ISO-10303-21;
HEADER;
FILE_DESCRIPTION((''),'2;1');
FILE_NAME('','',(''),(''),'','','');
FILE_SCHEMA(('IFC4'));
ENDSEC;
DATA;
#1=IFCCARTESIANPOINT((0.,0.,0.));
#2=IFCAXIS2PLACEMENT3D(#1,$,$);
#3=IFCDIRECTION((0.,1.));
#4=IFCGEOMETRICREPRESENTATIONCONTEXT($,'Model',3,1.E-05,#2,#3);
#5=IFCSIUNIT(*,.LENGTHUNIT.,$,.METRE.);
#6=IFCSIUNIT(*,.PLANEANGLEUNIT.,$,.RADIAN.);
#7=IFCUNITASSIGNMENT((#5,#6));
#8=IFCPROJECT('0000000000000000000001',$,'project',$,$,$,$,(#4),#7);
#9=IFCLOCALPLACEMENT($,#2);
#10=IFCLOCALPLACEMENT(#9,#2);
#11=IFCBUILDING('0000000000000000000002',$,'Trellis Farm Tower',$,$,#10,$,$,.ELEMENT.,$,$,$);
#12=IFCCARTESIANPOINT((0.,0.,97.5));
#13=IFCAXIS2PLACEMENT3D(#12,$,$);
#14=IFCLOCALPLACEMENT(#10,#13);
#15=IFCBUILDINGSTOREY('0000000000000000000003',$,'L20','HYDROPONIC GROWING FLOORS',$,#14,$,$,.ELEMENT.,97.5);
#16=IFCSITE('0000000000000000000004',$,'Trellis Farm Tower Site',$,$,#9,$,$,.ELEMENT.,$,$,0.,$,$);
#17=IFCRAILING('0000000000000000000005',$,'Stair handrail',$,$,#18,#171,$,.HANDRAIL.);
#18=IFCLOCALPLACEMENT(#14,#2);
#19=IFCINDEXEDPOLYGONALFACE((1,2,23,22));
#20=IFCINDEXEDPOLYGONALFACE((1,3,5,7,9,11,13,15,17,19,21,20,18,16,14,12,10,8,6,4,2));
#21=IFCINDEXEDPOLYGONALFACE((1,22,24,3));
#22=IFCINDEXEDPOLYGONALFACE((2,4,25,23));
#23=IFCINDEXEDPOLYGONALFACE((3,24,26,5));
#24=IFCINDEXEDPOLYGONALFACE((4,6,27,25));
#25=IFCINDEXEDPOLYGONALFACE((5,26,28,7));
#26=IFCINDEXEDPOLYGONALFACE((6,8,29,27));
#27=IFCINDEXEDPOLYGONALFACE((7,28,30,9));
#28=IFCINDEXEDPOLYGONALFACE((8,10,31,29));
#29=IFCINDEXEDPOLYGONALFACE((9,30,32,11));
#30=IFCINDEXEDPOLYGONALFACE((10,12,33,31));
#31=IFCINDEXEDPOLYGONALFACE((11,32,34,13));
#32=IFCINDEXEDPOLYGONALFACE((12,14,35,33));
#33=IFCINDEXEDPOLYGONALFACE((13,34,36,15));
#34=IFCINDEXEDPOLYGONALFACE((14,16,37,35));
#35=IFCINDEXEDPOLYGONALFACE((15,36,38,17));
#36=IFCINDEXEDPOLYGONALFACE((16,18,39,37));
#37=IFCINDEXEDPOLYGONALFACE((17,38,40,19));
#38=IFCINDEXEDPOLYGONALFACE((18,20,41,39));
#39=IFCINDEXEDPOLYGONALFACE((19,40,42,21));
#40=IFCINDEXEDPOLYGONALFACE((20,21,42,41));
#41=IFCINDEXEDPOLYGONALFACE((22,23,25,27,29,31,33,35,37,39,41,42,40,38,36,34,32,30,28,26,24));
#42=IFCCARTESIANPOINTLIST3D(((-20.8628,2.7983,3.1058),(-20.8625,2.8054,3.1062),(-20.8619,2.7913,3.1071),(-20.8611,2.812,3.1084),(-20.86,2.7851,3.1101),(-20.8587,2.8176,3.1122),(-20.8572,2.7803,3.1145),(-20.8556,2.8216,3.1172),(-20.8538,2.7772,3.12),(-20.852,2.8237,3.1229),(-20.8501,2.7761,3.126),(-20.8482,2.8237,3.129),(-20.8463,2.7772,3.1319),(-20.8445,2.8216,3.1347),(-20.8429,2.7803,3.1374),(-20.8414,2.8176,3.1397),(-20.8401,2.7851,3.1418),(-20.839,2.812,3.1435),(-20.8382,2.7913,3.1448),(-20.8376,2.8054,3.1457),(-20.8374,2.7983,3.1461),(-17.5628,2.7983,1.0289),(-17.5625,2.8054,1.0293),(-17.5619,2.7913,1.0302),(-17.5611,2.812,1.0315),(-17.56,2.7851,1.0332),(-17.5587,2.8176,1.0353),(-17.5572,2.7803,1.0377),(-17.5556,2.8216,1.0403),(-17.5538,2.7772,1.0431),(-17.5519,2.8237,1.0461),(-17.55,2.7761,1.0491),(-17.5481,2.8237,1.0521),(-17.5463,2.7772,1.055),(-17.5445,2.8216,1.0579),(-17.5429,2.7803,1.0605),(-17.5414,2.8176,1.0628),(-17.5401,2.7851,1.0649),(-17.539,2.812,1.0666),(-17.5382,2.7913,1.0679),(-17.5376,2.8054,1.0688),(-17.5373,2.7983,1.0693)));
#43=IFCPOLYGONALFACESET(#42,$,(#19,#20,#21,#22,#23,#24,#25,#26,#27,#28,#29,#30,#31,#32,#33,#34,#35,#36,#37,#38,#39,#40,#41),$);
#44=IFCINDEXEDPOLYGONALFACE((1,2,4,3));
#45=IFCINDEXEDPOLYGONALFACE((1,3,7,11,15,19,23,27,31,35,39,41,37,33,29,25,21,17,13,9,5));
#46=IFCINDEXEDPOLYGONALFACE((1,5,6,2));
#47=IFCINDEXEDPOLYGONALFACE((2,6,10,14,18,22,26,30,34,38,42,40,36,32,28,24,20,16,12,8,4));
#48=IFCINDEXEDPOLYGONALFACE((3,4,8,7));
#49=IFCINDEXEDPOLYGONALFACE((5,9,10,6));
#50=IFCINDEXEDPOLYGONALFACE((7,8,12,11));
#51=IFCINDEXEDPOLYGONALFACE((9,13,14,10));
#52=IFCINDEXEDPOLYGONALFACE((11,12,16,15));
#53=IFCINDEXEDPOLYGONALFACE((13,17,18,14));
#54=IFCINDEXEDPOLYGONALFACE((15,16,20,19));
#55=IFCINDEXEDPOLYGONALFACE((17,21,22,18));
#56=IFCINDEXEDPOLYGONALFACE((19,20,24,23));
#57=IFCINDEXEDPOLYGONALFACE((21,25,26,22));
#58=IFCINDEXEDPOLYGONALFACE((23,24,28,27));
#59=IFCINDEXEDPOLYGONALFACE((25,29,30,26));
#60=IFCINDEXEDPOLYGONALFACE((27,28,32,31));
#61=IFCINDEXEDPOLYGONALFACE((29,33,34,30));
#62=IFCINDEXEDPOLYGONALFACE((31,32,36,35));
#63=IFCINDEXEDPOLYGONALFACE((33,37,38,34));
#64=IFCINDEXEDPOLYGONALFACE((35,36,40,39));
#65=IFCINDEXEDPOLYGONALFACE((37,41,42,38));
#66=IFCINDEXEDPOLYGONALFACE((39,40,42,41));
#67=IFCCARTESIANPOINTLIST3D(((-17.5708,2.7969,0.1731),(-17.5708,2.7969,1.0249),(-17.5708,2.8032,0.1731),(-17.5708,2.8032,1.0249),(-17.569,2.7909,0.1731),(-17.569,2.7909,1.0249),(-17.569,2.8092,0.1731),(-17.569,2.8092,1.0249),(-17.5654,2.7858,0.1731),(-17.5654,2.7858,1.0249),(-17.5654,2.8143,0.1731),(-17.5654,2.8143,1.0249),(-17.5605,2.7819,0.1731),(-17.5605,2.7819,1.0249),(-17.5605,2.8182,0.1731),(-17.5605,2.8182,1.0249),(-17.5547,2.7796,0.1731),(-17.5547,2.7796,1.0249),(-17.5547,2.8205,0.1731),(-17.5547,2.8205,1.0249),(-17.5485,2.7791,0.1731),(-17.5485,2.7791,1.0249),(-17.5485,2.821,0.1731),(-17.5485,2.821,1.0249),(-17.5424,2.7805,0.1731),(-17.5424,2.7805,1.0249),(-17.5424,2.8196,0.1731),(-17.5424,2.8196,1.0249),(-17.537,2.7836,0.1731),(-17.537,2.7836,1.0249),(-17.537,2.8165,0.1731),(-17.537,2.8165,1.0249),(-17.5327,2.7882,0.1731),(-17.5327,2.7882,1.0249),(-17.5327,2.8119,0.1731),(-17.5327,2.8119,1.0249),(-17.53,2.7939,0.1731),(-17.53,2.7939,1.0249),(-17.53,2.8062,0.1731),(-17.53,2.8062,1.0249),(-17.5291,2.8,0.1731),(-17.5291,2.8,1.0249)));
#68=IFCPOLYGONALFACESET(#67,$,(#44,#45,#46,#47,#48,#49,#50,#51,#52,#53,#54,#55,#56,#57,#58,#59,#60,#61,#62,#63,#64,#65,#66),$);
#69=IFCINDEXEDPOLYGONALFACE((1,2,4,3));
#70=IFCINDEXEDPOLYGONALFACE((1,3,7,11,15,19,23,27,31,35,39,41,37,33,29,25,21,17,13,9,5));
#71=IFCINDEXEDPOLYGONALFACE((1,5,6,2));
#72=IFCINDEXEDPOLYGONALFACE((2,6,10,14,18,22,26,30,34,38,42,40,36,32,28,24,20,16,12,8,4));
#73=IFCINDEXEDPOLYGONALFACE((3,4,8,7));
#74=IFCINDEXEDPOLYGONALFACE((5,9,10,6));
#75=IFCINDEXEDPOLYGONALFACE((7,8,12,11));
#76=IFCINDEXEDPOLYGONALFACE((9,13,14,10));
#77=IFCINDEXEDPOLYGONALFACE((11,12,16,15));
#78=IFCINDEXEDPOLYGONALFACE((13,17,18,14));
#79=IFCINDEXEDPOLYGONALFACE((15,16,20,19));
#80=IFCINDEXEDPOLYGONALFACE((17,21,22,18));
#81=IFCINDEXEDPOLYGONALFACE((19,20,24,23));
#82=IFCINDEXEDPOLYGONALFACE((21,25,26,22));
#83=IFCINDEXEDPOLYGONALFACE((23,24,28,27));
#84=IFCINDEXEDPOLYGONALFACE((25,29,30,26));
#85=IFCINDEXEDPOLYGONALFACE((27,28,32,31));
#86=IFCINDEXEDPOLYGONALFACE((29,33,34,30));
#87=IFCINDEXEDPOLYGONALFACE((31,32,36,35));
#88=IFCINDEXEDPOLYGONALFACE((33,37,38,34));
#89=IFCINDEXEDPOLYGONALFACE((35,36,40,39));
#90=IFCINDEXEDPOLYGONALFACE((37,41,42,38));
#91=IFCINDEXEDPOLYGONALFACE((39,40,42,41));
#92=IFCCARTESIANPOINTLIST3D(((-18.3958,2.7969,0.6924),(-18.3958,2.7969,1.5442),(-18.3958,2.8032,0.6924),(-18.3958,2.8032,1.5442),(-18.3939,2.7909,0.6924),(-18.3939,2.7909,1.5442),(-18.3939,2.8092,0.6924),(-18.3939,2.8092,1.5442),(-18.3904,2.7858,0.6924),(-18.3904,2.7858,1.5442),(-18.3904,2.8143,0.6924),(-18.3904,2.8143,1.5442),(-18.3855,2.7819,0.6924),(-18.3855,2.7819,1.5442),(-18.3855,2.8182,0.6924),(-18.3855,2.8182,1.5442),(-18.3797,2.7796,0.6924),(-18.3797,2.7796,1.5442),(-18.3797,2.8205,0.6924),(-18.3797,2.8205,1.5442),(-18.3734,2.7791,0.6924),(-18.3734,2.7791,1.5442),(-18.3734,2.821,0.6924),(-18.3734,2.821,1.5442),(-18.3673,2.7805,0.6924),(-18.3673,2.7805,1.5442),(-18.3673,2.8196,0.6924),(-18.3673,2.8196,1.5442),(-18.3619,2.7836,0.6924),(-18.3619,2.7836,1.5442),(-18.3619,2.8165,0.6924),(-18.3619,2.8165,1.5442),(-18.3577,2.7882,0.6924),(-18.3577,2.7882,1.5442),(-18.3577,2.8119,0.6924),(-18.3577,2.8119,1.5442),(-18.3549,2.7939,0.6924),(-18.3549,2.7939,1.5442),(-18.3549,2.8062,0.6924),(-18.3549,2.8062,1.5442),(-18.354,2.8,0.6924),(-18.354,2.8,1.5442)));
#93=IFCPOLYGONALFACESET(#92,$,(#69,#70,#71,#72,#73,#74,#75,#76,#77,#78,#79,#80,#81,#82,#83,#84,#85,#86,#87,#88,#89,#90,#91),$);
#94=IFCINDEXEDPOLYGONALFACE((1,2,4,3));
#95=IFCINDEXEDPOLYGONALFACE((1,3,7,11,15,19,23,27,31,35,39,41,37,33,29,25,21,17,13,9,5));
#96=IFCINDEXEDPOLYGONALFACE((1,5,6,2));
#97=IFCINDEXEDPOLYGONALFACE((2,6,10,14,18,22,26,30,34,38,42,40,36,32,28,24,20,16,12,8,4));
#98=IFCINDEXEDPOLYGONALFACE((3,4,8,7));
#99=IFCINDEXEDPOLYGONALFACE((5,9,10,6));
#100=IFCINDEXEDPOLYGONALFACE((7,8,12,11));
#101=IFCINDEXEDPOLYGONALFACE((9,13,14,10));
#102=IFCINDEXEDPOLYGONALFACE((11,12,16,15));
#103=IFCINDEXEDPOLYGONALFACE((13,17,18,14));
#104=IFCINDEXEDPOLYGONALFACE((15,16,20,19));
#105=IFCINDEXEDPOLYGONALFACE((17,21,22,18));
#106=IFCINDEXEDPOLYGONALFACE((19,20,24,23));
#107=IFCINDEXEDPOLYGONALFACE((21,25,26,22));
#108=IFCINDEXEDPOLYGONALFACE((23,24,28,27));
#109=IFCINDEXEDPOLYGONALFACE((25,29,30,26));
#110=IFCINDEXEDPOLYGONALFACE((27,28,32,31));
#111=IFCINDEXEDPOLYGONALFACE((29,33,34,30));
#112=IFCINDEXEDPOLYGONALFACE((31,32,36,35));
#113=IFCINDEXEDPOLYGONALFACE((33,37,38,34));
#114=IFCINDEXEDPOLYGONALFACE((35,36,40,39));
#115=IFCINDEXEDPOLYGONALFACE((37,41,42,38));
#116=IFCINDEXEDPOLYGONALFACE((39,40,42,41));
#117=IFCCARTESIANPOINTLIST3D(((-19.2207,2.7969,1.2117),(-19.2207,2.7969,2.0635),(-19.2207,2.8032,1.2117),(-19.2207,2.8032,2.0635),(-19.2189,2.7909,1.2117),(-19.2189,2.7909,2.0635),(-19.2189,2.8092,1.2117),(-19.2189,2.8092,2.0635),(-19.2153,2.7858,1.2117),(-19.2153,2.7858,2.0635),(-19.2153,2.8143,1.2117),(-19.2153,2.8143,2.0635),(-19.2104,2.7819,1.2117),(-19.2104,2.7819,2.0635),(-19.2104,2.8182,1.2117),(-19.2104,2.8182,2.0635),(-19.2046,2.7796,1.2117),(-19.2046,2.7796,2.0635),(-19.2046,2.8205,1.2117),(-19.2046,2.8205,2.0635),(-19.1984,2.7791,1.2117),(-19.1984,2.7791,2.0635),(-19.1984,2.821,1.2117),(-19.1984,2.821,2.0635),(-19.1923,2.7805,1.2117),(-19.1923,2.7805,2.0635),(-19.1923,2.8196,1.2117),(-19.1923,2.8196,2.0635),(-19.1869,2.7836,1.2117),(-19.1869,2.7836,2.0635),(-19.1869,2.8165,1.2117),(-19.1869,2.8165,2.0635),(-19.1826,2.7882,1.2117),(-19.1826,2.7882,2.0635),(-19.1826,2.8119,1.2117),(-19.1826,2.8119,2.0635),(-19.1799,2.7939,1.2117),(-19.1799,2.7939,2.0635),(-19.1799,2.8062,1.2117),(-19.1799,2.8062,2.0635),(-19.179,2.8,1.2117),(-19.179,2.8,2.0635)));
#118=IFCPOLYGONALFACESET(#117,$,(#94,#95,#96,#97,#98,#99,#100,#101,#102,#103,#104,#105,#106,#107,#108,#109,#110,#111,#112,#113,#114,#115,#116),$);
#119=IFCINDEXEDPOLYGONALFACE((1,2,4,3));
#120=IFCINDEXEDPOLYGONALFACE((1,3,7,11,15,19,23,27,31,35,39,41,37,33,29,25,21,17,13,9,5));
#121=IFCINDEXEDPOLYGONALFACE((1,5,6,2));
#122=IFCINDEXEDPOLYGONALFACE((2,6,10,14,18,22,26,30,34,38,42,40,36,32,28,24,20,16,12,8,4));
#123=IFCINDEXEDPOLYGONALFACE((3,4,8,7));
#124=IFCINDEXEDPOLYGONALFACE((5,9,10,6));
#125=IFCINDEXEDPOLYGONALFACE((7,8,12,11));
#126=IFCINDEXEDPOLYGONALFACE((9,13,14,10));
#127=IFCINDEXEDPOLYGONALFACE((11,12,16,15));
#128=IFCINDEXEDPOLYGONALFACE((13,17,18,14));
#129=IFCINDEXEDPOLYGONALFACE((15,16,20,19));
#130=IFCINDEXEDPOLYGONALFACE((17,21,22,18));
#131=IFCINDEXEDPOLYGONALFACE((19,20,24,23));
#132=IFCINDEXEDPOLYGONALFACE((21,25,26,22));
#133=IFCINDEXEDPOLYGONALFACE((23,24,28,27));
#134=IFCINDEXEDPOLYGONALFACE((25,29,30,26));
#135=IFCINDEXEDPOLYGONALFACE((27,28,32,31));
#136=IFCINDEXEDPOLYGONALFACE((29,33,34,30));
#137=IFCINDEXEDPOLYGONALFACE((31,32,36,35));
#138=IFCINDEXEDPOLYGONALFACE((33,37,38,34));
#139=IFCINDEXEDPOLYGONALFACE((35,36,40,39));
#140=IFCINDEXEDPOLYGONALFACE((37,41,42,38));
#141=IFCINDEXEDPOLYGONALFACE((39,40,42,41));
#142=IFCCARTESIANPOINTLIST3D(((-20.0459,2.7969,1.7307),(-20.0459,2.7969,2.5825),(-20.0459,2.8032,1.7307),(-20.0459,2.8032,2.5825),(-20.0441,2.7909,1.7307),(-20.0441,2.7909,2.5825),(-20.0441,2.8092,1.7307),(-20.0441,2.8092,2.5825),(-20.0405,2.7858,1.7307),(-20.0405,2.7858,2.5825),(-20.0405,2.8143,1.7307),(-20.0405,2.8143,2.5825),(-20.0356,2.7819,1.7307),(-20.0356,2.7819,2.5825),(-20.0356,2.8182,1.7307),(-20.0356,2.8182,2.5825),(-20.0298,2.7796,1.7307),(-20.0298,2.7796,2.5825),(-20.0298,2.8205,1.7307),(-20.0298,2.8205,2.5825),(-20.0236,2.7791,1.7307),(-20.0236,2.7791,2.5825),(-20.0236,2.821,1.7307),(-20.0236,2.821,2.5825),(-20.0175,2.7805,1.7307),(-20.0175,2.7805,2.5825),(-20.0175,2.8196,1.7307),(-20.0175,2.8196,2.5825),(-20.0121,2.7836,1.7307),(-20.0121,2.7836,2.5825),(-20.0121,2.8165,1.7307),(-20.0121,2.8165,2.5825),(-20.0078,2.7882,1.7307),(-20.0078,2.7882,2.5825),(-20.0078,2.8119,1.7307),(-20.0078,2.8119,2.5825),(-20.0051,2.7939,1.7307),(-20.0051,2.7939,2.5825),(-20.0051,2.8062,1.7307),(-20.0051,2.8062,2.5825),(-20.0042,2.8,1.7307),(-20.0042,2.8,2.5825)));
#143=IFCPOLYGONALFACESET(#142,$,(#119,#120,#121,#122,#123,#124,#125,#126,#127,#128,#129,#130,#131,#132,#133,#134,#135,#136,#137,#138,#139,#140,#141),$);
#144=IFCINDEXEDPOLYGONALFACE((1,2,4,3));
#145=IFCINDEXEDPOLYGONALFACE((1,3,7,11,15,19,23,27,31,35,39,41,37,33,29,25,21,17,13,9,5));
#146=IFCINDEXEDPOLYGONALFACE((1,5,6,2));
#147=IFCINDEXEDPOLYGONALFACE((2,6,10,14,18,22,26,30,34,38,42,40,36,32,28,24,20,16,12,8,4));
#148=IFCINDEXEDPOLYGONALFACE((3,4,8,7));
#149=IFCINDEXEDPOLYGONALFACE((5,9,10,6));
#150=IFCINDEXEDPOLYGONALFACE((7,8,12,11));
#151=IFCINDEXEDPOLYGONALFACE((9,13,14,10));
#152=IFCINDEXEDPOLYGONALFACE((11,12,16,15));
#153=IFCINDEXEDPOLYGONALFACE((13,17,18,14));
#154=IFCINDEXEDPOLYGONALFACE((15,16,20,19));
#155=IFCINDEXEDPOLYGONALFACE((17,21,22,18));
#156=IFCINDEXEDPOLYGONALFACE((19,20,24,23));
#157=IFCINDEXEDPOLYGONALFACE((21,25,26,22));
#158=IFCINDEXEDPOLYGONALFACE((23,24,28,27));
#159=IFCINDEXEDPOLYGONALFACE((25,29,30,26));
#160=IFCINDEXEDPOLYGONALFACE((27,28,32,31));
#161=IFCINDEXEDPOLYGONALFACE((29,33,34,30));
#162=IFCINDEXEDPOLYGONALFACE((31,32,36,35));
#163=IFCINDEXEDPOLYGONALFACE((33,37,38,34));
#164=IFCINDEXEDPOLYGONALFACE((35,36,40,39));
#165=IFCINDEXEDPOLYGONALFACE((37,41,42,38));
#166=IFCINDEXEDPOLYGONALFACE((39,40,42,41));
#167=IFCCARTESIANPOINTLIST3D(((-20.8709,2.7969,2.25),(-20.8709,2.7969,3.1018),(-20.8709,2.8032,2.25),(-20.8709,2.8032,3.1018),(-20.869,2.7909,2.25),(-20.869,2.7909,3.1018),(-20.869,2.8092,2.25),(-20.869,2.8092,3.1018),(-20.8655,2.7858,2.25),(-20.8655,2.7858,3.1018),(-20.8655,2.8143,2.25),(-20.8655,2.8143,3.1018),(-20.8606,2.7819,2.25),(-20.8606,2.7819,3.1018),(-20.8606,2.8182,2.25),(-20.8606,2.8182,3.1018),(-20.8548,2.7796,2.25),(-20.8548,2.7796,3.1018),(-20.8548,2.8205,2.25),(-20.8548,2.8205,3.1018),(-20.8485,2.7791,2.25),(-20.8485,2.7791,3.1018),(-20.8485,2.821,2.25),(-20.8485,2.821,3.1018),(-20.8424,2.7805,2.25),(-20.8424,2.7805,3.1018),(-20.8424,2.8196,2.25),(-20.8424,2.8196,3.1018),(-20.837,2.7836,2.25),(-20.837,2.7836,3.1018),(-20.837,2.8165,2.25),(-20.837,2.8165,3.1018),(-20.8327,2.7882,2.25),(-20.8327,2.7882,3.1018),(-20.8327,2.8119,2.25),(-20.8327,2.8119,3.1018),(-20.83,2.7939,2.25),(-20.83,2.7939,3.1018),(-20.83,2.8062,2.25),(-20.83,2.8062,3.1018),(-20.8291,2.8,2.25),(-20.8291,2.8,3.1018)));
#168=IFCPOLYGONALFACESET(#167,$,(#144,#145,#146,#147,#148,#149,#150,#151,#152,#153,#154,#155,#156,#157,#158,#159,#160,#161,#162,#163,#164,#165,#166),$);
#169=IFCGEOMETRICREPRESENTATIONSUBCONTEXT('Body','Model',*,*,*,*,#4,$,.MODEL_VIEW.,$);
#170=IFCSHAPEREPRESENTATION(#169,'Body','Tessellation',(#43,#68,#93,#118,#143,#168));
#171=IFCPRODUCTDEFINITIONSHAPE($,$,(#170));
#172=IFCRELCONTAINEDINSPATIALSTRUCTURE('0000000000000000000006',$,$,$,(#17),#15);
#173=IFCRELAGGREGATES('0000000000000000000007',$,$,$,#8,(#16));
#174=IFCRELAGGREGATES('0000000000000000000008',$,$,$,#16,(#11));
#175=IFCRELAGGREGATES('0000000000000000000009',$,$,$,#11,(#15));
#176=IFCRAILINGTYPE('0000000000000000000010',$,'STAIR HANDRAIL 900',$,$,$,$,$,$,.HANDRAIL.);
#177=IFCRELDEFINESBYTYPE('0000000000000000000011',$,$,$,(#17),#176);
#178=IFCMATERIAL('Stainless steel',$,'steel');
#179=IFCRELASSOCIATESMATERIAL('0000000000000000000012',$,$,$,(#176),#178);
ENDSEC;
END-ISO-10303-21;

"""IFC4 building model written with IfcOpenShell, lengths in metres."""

from ifc_helpers import new_model, si_unit, direction, frame, origin, origin_2d, place, context, subcontext, project, spatial, circle, extrude, source, transform, mapped, material, type_object, element, save


model = new_model("IFC4")

# Units and contexts
model_context = context("Model", 3, precision=1e-05, world=origin(), true_north=direction((0.0, 1.0)))
body_context = subcontext(model_context, "Body", "Model", "MODEL_VIEW")
ifc_project = project(units=[si_unit("LENGTHUNIT", "METRE"), si_unit("PLANEANGLEUNIT", "RADIAN")], contexts=[model_context])

# Site, building, storey
site_placement = place(None, origin())
site = spatial("IfcSite", under=ifc_project, at=site_placement, Name="Trellis Farm Tower Site", CompositionType="ELEMENT", RefElevation=0.0)
building_placement = place(site_placement, origin())
building = spatial("IfcBuilding", under=site, at=building_placement, Name="Trellis Farm Tower", CompositionType="ELEMENT")
storey_placement = place(building_placement, frame((0.0, 0.0, 97.5)))
storey = spatial("IfcBuildingStorey", under=building, at=storey_placement, Name="L20", Description="HYDROPONIC GROWING FLOORS", CompositionType="ELEMENT", Elevation=97.5)

# Railing
ifc_material_1 = material(Name="Stainless steel", Category="steel")
railing_type = type_object("IfcRailingType", Name="STAIR HANDRAIL 900", PredefinedType="HANDRAIL", material=ifc_material_1)
shared_shape_1 = source(origin(), body_context, "Body", "SweptSolid", [
    extrude(circle(Radius=0.0239, at=origin_2d()), frame((0.0, 0.0, 0.876), z_axis=(-0.846337, 0.0, 0.532647), x_axis=(0.0, -1.0, 0.0)), (0.0, 0.0, 1.0), 3.8992),
    extrude(circle(Radius=0.021, at=origin_2d()), origin(), (0.0, 0.0, 1.0), 0.8518),
    extrude(circle(Radius=0.021, at=origin_2d()), frame((-0.825, 0.0, 0.5193)), (0.0, 0.0, 1.0), 0.8518),
    extrude(circle(Radius=0.021, at=origin_2d()), frame((-1.6499, 0.0, 1.0386)), (0.0, 0.0, 1.0), 0.8518),
    extrude(circle(Radius=0.021, at=origin_2d()), frame((-2.4751, 0.0, 1.5576)), (0.0, 0.0, 1.0), 0.8518),
    extrude(circle(Radius=0.021, at=origin_2d()), frame((-3.3, 0.0, 2.0769)), (0.0, 0.0, 1.0), 0.8518),
])
for number, where, name in (
    (1, (-17.55, 2.8, 0.1731), "Stair handrail"),
):
    element("IfcRailing", number, at=place(storey_placement, frame(where)), inside=storey, type_object=railing_type, Name=name, PredefinedType="HANDRAIL", context=body_context, shape_type="MappedRepresentation", body=[
        mapped(shared_shape_1, transform((0.0, 0.0, 0.0))),
    ])

save(model, "model.ifc")
